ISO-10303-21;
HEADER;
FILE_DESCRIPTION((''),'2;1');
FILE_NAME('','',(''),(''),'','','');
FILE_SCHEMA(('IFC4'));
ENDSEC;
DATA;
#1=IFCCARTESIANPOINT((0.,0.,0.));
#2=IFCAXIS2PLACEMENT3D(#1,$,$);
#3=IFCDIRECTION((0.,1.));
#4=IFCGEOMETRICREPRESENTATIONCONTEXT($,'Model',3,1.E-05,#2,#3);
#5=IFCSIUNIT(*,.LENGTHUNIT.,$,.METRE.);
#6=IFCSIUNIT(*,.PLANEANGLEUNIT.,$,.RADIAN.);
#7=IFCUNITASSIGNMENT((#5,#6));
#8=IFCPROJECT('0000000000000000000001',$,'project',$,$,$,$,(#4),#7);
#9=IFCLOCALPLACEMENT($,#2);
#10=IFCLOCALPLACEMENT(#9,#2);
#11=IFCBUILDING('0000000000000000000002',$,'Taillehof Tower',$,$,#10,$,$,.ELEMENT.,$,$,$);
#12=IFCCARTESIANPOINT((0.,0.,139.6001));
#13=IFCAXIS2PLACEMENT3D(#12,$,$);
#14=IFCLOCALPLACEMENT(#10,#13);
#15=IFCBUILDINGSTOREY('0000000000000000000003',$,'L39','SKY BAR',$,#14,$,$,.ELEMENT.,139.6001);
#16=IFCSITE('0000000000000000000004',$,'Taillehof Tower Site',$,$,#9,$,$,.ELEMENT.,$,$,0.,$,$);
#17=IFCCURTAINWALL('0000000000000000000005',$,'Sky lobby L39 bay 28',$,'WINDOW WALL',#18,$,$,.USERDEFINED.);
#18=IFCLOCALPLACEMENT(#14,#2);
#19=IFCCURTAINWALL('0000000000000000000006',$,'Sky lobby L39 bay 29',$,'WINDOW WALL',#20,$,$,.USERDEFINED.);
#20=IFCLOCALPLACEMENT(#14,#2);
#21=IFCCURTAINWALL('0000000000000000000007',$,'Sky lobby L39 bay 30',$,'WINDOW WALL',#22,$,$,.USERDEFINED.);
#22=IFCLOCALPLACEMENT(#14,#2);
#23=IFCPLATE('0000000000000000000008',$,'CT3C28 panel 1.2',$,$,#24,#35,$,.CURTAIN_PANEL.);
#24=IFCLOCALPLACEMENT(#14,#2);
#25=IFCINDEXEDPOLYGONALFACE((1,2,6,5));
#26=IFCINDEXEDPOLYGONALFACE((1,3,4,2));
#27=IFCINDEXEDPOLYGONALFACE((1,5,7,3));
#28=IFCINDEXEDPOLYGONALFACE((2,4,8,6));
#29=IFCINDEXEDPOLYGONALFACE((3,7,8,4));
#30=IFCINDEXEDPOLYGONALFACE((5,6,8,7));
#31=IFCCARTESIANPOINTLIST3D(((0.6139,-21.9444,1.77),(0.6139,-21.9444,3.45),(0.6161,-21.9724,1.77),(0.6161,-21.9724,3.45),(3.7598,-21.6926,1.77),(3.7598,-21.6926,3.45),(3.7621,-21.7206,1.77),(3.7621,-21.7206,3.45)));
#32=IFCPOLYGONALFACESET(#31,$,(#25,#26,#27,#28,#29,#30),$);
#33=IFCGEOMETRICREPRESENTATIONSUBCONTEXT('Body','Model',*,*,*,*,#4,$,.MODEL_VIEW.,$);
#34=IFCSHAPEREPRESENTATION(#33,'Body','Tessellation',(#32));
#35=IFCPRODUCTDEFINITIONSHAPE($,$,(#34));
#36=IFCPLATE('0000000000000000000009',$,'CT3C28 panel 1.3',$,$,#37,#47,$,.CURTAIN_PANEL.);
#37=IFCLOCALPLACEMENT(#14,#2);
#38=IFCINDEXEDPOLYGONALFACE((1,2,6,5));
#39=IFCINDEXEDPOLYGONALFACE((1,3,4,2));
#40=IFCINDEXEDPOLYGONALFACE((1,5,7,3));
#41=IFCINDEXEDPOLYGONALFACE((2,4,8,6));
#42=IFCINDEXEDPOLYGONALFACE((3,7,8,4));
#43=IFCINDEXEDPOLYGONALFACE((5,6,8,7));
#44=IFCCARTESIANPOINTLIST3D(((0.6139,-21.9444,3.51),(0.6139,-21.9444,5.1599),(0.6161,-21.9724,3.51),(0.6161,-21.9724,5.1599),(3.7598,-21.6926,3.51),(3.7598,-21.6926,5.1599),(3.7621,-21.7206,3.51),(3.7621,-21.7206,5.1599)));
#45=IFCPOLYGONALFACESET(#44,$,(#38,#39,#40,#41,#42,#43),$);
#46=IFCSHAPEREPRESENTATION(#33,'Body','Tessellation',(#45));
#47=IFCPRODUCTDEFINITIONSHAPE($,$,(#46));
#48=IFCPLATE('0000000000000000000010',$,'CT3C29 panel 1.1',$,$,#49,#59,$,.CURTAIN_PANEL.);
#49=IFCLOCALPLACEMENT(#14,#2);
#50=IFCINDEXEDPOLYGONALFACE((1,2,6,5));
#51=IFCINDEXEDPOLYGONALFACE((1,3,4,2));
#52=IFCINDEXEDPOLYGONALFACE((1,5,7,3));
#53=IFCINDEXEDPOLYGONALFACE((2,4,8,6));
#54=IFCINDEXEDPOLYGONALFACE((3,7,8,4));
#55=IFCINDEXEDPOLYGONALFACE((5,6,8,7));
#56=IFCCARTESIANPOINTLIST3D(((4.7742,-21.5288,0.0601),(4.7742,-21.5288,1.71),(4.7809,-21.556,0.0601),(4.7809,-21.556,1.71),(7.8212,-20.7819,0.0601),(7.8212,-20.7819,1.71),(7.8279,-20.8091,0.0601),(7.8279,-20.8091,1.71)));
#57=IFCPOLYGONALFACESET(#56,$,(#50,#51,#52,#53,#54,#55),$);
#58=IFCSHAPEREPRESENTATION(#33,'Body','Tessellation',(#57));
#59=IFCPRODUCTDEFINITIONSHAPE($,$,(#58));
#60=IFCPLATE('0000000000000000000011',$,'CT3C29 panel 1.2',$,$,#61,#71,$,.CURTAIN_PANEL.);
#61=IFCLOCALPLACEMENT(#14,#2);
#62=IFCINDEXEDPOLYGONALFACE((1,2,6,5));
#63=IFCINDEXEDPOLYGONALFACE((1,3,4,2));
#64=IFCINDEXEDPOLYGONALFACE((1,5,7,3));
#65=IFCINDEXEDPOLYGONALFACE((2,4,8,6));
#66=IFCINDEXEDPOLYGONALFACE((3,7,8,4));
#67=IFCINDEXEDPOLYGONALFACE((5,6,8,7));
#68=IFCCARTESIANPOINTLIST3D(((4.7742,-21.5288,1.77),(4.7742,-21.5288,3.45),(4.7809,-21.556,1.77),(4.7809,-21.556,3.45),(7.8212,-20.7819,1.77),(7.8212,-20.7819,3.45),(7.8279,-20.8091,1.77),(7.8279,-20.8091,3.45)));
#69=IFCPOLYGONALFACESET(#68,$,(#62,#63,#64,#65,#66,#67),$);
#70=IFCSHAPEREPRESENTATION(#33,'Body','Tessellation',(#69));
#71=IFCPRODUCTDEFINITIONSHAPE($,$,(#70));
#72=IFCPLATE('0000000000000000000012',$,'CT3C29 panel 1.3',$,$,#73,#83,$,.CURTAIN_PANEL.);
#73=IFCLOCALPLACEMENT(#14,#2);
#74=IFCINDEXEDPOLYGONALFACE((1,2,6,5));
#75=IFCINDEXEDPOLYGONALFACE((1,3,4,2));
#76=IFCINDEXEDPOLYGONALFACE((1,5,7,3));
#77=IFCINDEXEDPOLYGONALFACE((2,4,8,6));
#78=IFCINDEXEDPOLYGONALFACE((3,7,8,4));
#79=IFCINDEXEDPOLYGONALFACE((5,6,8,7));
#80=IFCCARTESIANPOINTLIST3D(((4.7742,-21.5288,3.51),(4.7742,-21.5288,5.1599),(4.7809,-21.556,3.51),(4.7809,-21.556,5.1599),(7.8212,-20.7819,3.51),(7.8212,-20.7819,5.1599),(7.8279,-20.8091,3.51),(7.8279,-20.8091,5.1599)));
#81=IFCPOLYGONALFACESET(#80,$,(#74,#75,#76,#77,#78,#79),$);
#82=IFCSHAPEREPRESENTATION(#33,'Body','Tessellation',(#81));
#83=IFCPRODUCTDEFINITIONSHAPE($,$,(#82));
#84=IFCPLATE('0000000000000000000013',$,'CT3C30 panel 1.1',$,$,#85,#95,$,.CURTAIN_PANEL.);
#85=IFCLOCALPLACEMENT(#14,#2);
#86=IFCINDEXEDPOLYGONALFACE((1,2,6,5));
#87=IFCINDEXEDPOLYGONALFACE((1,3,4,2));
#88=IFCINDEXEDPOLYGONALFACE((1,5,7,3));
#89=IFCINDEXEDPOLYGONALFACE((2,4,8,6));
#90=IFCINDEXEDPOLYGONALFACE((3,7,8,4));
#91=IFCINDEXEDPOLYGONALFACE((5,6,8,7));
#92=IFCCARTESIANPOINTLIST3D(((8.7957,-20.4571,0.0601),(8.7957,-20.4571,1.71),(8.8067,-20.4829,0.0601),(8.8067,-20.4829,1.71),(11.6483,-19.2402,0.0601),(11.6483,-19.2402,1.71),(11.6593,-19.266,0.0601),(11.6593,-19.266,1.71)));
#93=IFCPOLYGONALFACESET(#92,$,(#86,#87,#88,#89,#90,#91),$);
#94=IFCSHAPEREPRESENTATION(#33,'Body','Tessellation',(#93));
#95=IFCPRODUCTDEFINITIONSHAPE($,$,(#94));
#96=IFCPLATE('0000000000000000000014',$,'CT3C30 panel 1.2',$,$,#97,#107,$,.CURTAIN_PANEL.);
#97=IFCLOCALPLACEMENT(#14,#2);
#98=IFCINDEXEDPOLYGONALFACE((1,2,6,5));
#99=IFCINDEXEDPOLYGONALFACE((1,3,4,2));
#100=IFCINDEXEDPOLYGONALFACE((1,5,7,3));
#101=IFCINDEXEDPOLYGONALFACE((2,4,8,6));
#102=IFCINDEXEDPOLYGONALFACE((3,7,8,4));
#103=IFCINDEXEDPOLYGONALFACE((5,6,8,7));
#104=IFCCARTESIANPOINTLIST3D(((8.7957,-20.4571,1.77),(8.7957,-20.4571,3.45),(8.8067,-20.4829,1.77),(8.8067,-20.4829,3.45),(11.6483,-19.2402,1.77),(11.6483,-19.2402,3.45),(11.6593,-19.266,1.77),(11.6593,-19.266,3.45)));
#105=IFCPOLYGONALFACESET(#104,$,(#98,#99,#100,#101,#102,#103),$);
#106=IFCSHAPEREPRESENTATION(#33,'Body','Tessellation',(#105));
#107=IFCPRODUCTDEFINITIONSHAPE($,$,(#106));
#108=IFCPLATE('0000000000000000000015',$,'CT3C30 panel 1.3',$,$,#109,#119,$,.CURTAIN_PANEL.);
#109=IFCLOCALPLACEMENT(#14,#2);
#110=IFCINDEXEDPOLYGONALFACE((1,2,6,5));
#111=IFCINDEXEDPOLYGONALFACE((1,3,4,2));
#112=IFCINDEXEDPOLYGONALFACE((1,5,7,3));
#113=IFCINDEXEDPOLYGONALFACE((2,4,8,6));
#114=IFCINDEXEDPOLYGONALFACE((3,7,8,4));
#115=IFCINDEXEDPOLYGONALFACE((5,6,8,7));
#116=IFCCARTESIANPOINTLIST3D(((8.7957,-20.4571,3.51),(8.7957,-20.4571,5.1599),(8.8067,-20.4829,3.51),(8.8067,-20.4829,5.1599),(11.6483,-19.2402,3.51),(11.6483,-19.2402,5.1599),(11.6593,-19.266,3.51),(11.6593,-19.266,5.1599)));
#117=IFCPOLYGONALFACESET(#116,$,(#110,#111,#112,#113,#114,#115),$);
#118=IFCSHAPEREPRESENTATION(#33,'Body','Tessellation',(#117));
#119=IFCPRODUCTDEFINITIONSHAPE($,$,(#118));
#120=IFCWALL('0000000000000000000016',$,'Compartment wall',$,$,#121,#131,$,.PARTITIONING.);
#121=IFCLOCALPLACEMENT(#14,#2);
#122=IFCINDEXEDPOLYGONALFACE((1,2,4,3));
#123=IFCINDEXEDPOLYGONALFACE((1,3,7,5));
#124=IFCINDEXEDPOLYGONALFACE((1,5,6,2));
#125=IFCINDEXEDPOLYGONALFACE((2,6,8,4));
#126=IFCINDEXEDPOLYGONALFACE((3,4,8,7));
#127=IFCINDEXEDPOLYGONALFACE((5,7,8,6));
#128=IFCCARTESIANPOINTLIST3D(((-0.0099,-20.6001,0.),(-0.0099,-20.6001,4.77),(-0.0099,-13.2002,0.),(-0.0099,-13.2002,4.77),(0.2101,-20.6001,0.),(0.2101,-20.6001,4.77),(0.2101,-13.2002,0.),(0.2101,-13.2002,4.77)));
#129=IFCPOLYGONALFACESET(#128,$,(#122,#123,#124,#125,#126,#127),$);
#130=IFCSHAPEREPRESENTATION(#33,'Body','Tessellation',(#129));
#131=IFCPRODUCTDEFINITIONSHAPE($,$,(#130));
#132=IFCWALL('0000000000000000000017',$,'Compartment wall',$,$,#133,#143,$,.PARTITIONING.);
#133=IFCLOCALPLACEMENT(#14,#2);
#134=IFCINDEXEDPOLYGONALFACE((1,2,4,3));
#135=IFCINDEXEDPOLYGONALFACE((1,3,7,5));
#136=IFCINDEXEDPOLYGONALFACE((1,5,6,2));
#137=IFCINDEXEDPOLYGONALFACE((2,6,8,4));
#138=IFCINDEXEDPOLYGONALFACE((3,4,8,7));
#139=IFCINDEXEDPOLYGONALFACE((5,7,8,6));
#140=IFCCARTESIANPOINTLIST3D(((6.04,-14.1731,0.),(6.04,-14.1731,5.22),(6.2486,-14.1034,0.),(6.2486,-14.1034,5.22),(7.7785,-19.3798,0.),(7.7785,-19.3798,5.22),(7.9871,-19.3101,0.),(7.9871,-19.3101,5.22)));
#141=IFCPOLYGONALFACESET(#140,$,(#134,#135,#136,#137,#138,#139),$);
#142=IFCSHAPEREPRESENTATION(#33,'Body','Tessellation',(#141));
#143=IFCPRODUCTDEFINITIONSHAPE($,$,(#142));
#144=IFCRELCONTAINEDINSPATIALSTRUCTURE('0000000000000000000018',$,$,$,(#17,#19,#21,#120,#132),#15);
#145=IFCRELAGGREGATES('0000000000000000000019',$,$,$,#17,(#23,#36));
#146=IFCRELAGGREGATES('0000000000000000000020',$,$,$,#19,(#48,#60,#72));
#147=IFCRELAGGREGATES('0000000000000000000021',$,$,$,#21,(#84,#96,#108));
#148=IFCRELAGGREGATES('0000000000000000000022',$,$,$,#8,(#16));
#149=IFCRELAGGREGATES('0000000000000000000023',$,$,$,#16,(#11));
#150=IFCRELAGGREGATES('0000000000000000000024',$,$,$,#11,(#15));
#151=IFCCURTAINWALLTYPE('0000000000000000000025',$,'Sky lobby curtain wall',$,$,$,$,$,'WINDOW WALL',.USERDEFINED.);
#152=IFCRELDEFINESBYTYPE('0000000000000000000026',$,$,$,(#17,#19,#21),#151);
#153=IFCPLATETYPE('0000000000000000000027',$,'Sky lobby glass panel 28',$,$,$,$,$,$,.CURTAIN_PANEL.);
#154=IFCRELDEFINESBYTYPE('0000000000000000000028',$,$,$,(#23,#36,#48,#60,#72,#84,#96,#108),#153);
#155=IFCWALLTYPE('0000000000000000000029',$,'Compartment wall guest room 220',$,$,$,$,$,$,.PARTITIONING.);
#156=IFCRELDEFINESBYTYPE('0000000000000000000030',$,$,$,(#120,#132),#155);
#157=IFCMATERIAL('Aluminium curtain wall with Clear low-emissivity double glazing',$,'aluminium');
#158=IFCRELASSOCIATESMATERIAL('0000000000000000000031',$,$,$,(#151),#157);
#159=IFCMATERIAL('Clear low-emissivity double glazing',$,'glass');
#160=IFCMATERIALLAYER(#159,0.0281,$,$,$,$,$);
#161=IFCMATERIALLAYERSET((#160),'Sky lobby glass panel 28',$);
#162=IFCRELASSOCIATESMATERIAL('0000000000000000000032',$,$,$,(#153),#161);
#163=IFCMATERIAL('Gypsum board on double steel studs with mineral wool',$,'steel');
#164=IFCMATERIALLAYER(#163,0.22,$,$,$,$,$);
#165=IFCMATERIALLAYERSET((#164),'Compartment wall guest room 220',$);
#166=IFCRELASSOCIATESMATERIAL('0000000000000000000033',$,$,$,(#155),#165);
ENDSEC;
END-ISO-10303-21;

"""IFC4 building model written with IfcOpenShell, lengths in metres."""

from ifc_helpers import new_model, si_unit, direction, frame, frame_2d, origin, origin_2d, place, context, subcontext, project, spatial, rectangle, extrude, material, layer, layer_set, type_object, element, aggregate, save


model = new_model("IFC4")

# Units and contexts
model_context = context("Model", 3, precision=1e-05, world=origin(), true_north=direction((0.0, 1.0)))
body_context = subcontext(model_context, "Body", "Model", "MODEL_VIEW")
ifc_project = project(units=[si_unit("LENGTHUNIT", "METRE"), si_unit("PLANEANGLEUNIT", "RADIAN")], contexts=[model_context])

# Site, building, storey
site_placement = place(None, origin())
site = spatial("IfcSite", under=ifc_project, at=site_placement, Name="Taillehof Tower Site", CompositionType="ELEMENT", RefElevation=0.0)
building_placement = place(site_placement, origin())
building = spatial("IfcBuilding", under=site, at=building_placement, Name="Taillehof Tower", CompositionType="ELEMENT")
storey_placement = place(building_placement, frame((0.0, 0.0, 139.6001)))
storey = spatial("IfcBuildingStorey", under=building, at=storey_placement, Name="L39", Description="SKY BAR", CompositionType="ELEMENT", Elevation=139.6001)

# Curtain walls
ifc_material_1 = material(Name="Aluminium curtain wall with Clear low-emissivity double glazing", Category="aluminium")
curtain_wall_type = type_object("IfcCurtainWallType", Name="Sky lobby curtain wall", ElementType="WINDOW WALL", PredefinedType="USERDEFINED", material=ifc_material_1)
curtain_wall_1_placement = place(storey_placement, origin())
curtain_wall_1 = element("IfcCurtainWall", 1, at=curtain_wall_1_placement, inside=storey, type_object=curtain_wall_type, Name="Sky lobby L39 bay 28", ObjectType="WINDOW WALL", PredefinedType="USERDEFINED")
curtain_wall_2_placement = place(storey_placement, origin())
curtain_wall_2 = element("IfcCurtainWall", 2, at=curtain_wall_2_placement, inside=storey, type_object=curtain_wall_type, Name="Sky lobby L39 bay 29", ObjectType="WINDOW WALL", PredefinedType="USERDEFINED")
curtain_wall_3_placement = place(storey_placement, origin())
curtain_wall_3 = element("IfcCurtainWall", 3, at=curtain_wall_3_placement, inside=storey, type_object=curtain_wall_type, Name="Sky lobby L39 bay 30", ObjectType="WINDOW WALL", PredefinedType="USERDEFINED")

# Plates
ifc_material_2 = material(Name="Clear low-emissivity double glazing", Category="glass")
ifc_layer_1 = layer(ifc_material_2, 0.0281)
ifc_layer_set_1 = layer_set([ifc_layer_1], Name="Sky lobby glass panel 28")
plate_type = type_object("IfcPlateType", Name="Sky lobby glass panel 28", PredefinedType="CURTAIN_PANEL", material=ifc_layer_set_1)
plate_1_placement = place(storey_placement, frame((2.188, -21.8325, 1.77), z_axis=(0.0, 0.0, 1.0), x_axis=(0.996812, 0.079781, 0.0)))
plate_1 = element("IfcPlate", 4, at=plate_1_placement, type_object=plate_type, Name="CT3C28 panel 1.2", PredefinedType="CURTAIN_PANEL", context=body_context, shape_type="SweptSolid", body=[
    extrude(rectangle(XDim=3.156, YDim=0.0281, at=origin_2d()), origin(), (0.0, 0.0, 1.0), 1.6799),
])
plate_2_placement = place(storey_placement, frame((2.188, -21.8325, 3.51), z_axis=(0.0, 0.0, 1.0), x_axis=(0.996812, 0.079781, 0.0)))
plate_2 = element("IfcPlate", 5, at=plate_2_placement, type_object=plate_type, Name="CT3C28 panel 1.3", PredefinedType="CURTAIN_PANEL", context=body_context, shape_type="SweptSolid", body=[
    extrude(rectangle(XDim=3.156, YDim=0.0281, at=origin_2d()), origin(), (0.0, 0.0, 1.0), 1.6499),
])
aggregate(curtain_wall_1, [plate_1, plate_2])
plate_3_placement = place(storey_placement, frame((6.301, -21.1689, 0.0601), z_axis=(0.0, 0.0, 1.0), x_axis=(0.971246, 0.238077, 0.0)))
plate_3 = element("IfcPlate", 6, at=plate_3_placement, type_object=plate_type, Name="CT3C29 panel 1.1", PredefinedType="CURTAIN_PANEL", context=body_context, shape_type="SweptSolid", body=[
    extrude(rectangle(XDim=3.1372, YDim=0.0281, at=origin_2d()), origin(), (0.0, 0.0, 1.0), 1.6499),
])
plate_4_placement = place(storey_placement, frame((6.301, -21.1689, 1.77), z_axis=(0.0, 0.0, 1.0), x_axis=(0.971246, 0.238077, 0.0)))
plate_4 = element("IfcPlate", 7, at=plate_4_placement, type_object=plate_type, Name="CT3C29 panel 1.2", PredefinedType="CURTAIN_PANEL", context=body_context, shape_type="SweptSolid", body=[
    extrude(rectangle(XDim=3.1372, YDim=0.0281, at=origin_2d()), origin(), (0.0, 0.0, 1.0), 1.6799),
])
plate_5_placement = place(storey_placement, frame((6.301, -21.1689, 3.51), z_axis=(0.0, 0.0, 1.0), x_axis=(0.971246, 0.238077, 0.0)))
plate_5 = element("IfcPlate", 8, at=plate_5_placement, type_object=plate_type, Name="CT3C29 panel 1.3", PredefinedType="CURTAIN_PANEL", context=body_context, shape_type="SweptSolid", body=[
    extrude(rectangle(XDim=3.1372, YDim=0.0281, at=origin_2d()), origin(), (0.0, 0.0, 1.0), 1.6499),
])
aggregate(curtain_wall_2, [plate_3, plate_4, plate_5])
plate_6_placement = place(storey_placement, frame((10.2275, -19.8616, 0.0601), z_axis=(0.0, 0.0, 1.0), x_axis=(0.919804, 0.392379, 0.0)))
plate_6 = element("IfcPlate", 9, at=plate_6_placement, type_object=plate_type, Name="CT3C30 panel 1.1", PredefinedType="CURTAIN_PANEL", context=body_context, shape_type="SweptSolid", body=[
    extrude(rectangle(XDim=3.1013, YDim=0.0281, at=origin_2d()), origin(), (0.0, 0.0, 1.0), 1.6499),
])
plate_7_placement = place(storey_placement, frame((10.2275, -19.8616, 1.77), z_axis=(0.0, 0.0, 1.0), x_axis=(0.919804, 0.392379, 0.0)))
plate_7 = element("IfcPlate", 10, at=plate_7_placement, type_object=plate_type, Name="CT3C30 panel 1.2", PredefinedType="CURTAIN_PANEL", context=body_context, shape_type="SweptSolid", body=[
    extrude(rectangle(XDim=3.1013, YDim=0.0281, at=origin_2d()), origin(), (0.0, 0.0, 1.0), 1.6799),
])
plate_8_placement = place(storey_placement, frame((10.2275, -19.8616, 3.51), z_axis=(0.0, 0.0, 1.0), x_axis=(0.919804, 0.392379, 0.0)))
plate_8 = element("IfcPlate", 11, at=plate_8_placement, type_object=plate_type, Name="CT3C30 panel 1.3", PredefinedType="CURTAIN_PANEL", context=body_context, shape_type="SweptSolid", body=[
    extrude(rectangle(XDim=3.1013, YDim=0.0281, at=origin_2d()), origin(), (0.0, 0.0, 1.0), 1.6499),
])
aggregate(curtain_wall_3, [plate_6, plate_7, plate_8])

# Walls
ifc_material_3 = material(Name="Gypsum board on double steel studs with mineral wool", Category="steel")
ifc_layer_2 = layer(ifc_material_3, 0.22)
ifc_layer_set_2 = layer_set([ifc_layer_2], Name="Compartment wall guest room 220")
wall_type = type_object("IfcWallType", Name="Compartment wall guest room 220", PredefinedType="PARTITIONING", material=ifc_layer_set_2)
wall_1_placement = place(storey_placement, frame((0.1001, -20.6001, 0.0), z_axis=(0.0, 0.0, 1.0), x_axis=(0.0, 1.0, 0.0)))
element("IfcWall", 12, at=wall_1_placement, inside=storey, type_object=wall_type, Name="Compartment wall", PredefinedType="PARTITIONING", context=body_context, shape_type="SweptSolid", body=[
    extrude(rectangle(XDim=7.3999, YDim=0.22, at=frame_2d((3.7, 0.0))), origin(), (0.0, 0.0, 1.0), 4.77),
])
wall_2_placement = place(storey_placement, frame((7.8828, -19.345, 0.0), z_axis=(0.0, 0.0, 1.0), x_axis=(-0.316708, 0.948523, 0.0)))
element("IfcWall", 13, at=wall_2_placement, inside=storey, type_object=wall_type, Name="Compartment wall", PredefinedType="PARTITIONING", context=body_context, shape_type="SweptSolid", body=[
    extrude(rectangle(XDim=5.4893, YDim=0.22, at=frame_2d((2.7446, 0.0))), origin(), (0.0, 0.0, 1.0), 5.22),
])

save(model, "model.ifc")
